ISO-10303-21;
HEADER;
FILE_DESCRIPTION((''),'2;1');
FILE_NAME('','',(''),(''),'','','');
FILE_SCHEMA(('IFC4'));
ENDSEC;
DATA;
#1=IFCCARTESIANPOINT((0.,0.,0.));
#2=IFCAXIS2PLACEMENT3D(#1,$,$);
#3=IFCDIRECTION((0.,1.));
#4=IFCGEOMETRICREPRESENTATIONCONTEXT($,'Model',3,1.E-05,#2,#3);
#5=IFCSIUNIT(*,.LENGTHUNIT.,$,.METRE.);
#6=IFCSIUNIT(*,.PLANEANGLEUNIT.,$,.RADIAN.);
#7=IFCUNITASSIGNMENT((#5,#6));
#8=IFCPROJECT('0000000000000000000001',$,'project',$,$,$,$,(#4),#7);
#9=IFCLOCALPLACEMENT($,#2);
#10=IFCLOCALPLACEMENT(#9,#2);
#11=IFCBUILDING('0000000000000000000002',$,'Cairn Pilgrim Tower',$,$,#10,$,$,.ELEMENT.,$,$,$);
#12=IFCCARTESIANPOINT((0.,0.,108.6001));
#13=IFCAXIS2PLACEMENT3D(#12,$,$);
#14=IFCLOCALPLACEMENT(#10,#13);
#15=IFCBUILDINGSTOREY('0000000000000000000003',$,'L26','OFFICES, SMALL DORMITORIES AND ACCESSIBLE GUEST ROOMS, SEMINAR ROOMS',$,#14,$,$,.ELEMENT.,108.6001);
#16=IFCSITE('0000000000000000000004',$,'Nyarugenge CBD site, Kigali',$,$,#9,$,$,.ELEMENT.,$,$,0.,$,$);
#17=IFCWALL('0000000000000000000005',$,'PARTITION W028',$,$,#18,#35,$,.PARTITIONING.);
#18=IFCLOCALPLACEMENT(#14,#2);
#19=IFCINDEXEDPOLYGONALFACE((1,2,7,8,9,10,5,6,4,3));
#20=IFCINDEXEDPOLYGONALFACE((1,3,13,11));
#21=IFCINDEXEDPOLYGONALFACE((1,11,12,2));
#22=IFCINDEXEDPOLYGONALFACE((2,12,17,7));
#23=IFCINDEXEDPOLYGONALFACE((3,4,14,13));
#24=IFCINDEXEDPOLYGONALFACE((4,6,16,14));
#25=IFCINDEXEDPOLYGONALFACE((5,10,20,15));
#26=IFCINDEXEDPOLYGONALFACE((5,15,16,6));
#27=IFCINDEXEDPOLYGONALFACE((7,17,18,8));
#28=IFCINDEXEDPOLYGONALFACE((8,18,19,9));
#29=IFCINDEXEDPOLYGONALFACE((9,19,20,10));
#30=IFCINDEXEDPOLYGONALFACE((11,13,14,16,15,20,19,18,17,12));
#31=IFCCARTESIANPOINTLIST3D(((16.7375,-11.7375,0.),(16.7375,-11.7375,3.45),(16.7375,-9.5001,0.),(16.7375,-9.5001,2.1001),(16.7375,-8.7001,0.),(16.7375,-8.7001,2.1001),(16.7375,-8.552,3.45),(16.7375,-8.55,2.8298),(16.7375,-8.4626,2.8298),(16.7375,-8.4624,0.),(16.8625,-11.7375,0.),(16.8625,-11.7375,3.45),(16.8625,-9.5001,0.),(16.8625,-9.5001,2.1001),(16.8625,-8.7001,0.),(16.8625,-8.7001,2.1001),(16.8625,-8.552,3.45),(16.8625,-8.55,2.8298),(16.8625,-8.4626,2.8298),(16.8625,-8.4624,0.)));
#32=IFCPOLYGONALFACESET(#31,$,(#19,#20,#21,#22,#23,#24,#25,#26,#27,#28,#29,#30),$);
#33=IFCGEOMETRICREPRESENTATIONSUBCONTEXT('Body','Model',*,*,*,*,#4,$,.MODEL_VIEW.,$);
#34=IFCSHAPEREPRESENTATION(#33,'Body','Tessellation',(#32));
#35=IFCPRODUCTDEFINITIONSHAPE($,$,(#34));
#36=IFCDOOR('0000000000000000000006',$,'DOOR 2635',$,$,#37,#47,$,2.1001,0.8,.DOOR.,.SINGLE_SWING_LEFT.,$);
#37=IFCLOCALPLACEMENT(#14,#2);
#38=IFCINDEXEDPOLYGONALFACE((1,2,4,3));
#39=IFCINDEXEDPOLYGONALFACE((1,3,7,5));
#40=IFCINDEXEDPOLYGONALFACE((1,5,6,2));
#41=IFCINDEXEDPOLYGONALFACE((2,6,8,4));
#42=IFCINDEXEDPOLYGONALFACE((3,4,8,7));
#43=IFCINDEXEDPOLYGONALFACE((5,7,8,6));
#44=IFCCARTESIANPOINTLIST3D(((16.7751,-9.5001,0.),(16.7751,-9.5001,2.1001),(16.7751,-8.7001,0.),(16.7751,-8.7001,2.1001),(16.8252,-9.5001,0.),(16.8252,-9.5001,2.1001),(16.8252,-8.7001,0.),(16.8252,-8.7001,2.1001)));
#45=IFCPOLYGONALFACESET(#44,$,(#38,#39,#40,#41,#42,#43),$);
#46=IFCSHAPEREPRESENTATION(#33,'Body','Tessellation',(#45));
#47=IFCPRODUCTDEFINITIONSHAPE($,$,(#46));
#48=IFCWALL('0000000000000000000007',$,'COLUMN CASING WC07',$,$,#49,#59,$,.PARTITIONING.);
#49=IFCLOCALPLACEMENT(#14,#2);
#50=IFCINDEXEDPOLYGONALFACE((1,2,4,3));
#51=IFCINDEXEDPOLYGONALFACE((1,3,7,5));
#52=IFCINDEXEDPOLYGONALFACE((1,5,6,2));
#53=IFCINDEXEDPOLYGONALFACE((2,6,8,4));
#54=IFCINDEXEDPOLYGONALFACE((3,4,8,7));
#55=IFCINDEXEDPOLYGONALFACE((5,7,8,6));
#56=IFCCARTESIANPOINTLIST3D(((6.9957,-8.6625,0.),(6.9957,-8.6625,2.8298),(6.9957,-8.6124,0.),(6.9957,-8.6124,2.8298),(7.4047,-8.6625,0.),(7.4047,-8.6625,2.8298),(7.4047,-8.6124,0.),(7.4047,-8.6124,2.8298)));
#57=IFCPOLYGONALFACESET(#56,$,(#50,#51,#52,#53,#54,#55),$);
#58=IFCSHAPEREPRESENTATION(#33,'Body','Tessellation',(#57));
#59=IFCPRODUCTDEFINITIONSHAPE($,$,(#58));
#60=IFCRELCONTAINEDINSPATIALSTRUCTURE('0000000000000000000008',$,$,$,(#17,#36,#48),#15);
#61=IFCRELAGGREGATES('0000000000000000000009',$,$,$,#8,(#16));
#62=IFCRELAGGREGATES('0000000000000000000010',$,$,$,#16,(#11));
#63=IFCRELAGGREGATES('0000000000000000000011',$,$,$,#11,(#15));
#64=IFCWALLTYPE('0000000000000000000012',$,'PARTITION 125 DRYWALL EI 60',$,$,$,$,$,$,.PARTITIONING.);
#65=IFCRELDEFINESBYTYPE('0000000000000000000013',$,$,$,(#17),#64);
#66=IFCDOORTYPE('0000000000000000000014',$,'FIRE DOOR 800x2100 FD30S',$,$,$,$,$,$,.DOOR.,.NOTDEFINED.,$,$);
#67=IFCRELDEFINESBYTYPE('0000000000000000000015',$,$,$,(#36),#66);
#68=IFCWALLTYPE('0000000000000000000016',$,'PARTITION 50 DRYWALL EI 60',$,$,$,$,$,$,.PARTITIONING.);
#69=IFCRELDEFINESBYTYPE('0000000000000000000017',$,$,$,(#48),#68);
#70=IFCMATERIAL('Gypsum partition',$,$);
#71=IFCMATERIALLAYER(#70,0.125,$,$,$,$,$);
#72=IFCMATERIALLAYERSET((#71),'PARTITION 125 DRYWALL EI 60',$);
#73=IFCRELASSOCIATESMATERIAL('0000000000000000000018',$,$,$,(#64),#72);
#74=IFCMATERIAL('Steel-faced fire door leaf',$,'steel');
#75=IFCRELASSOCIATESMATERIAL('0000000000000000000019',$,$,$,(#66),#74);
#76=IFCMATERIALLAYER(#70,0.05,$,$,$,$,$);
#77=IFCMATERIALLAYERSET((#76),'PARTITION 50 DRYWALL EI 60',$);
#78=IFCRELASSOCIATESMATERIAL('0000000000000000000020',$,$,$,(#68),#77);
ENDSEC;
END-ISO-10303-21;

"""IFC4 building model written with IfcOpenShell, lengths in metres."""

from ifc_helpers import new_model, si_unit, direction, frame, frame_2d, origin, place, context, subcontext, project, spatial, polyline, rectangle, outline, extrude, material, layer, layer_set, type_object, element, fill, save


model = new_model("IFC4")

# Units and contexts
model_context = context("Model", 3, precision=1e-05, world=origin(), true_north=direction((0.0, 1.0)))
body_context = subcontext(model_context, "Body", "Model", "MODEL_VIEW")
ifc_project = project(units=[si_unit("LENGTHUNIT", "METRE"), si_unit("PLANEANGLEUNIT", "RADIAN")], contexts=[model_context])

# Site, building, storey
site_placement = place(None, origin())
site = spatial("IfcSite", under=ifc_project, at=site_placement, Name="Nyarugenge CBD site, Kigali", CompositionType="ELEMENT", RefElevation=0.0)
building_placement = place(site_placement, origin())
building = spatial("IfcBuilding", under=site, at=building_placement, Name="Cairn Pilgrim Tower", CompositionType="ELEMENT")
storey_placement = place(building_placement, frame((0.0, 0.0, 108.6001)))
storey = spatial("IfcBuildingStorey", under=building, at=storey_placement, Name="L26", Description="OFFICES, SMALL DORMITORIES AND ACCESSIBLE GUEST ROOMS, SEMINAR ROOMS", CompositionType="ELEMENT", Elevation=108.6001)

# Shared definitions
ifc_material_1 = material(Name="Gypsum partition")
ifc_layer_1 = layer(ifc_material_1, 0.125)
ifc_layer_set_1 = layer_set([ifc_layer_1], Name="PARTITION 125 DRYWALL EI 60")
wall_type_1 = type_object("IfcWallType", Name="PARTITION 125 DRYWALL EI 60", PredefinedType="PARTITIONING", material=ifc_layer_set_1)

# Wall, opening, door
wall_1_placement = place(storey_placement, frame((16.8, -11.7375, 0.0), z_axis=(0.0, 0.0, 1.0), x_axis=(0.0, 1.0, 0.0)))
wall_1 = element("IfcWall", 1, at=wall_1_placement, inside=storey, type_object=wall_type_1, Name="PARTITION W028", PredefinedType="PARTITIONING", context=body_context, shape_type="SweptSolid", body=[
    extrude(outline(polyline([(0.0, 0.0), (3.2751, 0.0), (3.2749, 2.8298), (3.1875, 2.8298), (3.1855, 3.45), (0.0, 3.45), (0.0, 0.0)])), frame((0.0, 0.0625, 0.0), z_axis=(0.0, -1.0, 0.0), x_axis=(1.0, 0.0, 0.0)), (0.0, 0.0, 1.0), 0.125),
])
opening_1_placement = place(wall_1_placement, frame((2.2375, 0.0, 0.0)))
opening_1 = element("IfcOpeningElement", 2, at=opening_1_placement, cuts=wall_1, PredefinedType="OPENING", context=body_context, shape_type="SweptSolid", body=[
    extrude(rectangle(XDim=0.8, YDim=2.1001, at=frame_2d((0.3999, 1.05))), frame((0.0, 0.0725, 0.0), z_axis=(0.0, -1.0, 0.0), x_axis=(1.0, 0.0, 0.0)), (0.0, 0.0, 1.0), 0.145),
])
ifc_material_2 = material(Name="Steel-faced fire door leaf", Category="steel")
door_type_1 = type_object("IfcDoorType", Name="FIRE DOOR 800x2100 FD30S", OperationType="NOTDEFINED", PredefinedType="DOOR", material=ifc_material_2)
door_1_placement = place(opening_1_placement, origin())
door_1 = element("IfcDoor", 3, at=door_1_placement, inside=storey, type_object=door_type_1, Name="DOOR 2635", OperationType="SINGLE_SWING_LEFT", OverallHeight=2.1001, OverallWidth=0.8, PredefinedType="DOOR", context=body_context, shape_type="SweptSolid", body=[
    extrude(rectangle(XDim=0.8, YDim=2.1001, at=frame_2d((0.3999, 1.05))), frame((0.0, 0.0249, 0.0), z_axis=(0.0, -1.0, 0.0), x_axis=(1.0, 0.0, 0.0)), (0.0, 0.0, 1.0), 0.05),
])
fill(opening_1, door_1)

# Wall
ifc_layer_2 = layer(ifc_material_1, 0.05)
ifc_layer_set_2 = layer_set([ifc_layer_2], Name="PARTITION 50 DRYWALL EI 60")
wall_type_2 = type_object("IfcWallType", Name="PARTITION 50 DRYWALL EI 60", PredefinedType="PARTITIONING", material=ifc_layer_set_2)
wall_2_placement = place(storey_placement, frame((6.9956, -8.6375, 0.0), z_axis=(0.0, 0.0, 1.0), x_axis=(1.0, 0.0, 0.0)))
element("IfcWall", 4, at=wall_2_placement, inside=storey, type_object=wall_type_2, Name="COLUMN CASING WC07", PredefinedType="PARTITIONING", context=body_context, shape_type="SweptSolid", body=[
    extrude(rectangle(XDim=0.4089, YDim=0.05, at=frame_2d((0.2046, 0.0))), origin(), (0.0, 0.0, 1.0), 2.8298),
])

save(model, "model.ifc")
